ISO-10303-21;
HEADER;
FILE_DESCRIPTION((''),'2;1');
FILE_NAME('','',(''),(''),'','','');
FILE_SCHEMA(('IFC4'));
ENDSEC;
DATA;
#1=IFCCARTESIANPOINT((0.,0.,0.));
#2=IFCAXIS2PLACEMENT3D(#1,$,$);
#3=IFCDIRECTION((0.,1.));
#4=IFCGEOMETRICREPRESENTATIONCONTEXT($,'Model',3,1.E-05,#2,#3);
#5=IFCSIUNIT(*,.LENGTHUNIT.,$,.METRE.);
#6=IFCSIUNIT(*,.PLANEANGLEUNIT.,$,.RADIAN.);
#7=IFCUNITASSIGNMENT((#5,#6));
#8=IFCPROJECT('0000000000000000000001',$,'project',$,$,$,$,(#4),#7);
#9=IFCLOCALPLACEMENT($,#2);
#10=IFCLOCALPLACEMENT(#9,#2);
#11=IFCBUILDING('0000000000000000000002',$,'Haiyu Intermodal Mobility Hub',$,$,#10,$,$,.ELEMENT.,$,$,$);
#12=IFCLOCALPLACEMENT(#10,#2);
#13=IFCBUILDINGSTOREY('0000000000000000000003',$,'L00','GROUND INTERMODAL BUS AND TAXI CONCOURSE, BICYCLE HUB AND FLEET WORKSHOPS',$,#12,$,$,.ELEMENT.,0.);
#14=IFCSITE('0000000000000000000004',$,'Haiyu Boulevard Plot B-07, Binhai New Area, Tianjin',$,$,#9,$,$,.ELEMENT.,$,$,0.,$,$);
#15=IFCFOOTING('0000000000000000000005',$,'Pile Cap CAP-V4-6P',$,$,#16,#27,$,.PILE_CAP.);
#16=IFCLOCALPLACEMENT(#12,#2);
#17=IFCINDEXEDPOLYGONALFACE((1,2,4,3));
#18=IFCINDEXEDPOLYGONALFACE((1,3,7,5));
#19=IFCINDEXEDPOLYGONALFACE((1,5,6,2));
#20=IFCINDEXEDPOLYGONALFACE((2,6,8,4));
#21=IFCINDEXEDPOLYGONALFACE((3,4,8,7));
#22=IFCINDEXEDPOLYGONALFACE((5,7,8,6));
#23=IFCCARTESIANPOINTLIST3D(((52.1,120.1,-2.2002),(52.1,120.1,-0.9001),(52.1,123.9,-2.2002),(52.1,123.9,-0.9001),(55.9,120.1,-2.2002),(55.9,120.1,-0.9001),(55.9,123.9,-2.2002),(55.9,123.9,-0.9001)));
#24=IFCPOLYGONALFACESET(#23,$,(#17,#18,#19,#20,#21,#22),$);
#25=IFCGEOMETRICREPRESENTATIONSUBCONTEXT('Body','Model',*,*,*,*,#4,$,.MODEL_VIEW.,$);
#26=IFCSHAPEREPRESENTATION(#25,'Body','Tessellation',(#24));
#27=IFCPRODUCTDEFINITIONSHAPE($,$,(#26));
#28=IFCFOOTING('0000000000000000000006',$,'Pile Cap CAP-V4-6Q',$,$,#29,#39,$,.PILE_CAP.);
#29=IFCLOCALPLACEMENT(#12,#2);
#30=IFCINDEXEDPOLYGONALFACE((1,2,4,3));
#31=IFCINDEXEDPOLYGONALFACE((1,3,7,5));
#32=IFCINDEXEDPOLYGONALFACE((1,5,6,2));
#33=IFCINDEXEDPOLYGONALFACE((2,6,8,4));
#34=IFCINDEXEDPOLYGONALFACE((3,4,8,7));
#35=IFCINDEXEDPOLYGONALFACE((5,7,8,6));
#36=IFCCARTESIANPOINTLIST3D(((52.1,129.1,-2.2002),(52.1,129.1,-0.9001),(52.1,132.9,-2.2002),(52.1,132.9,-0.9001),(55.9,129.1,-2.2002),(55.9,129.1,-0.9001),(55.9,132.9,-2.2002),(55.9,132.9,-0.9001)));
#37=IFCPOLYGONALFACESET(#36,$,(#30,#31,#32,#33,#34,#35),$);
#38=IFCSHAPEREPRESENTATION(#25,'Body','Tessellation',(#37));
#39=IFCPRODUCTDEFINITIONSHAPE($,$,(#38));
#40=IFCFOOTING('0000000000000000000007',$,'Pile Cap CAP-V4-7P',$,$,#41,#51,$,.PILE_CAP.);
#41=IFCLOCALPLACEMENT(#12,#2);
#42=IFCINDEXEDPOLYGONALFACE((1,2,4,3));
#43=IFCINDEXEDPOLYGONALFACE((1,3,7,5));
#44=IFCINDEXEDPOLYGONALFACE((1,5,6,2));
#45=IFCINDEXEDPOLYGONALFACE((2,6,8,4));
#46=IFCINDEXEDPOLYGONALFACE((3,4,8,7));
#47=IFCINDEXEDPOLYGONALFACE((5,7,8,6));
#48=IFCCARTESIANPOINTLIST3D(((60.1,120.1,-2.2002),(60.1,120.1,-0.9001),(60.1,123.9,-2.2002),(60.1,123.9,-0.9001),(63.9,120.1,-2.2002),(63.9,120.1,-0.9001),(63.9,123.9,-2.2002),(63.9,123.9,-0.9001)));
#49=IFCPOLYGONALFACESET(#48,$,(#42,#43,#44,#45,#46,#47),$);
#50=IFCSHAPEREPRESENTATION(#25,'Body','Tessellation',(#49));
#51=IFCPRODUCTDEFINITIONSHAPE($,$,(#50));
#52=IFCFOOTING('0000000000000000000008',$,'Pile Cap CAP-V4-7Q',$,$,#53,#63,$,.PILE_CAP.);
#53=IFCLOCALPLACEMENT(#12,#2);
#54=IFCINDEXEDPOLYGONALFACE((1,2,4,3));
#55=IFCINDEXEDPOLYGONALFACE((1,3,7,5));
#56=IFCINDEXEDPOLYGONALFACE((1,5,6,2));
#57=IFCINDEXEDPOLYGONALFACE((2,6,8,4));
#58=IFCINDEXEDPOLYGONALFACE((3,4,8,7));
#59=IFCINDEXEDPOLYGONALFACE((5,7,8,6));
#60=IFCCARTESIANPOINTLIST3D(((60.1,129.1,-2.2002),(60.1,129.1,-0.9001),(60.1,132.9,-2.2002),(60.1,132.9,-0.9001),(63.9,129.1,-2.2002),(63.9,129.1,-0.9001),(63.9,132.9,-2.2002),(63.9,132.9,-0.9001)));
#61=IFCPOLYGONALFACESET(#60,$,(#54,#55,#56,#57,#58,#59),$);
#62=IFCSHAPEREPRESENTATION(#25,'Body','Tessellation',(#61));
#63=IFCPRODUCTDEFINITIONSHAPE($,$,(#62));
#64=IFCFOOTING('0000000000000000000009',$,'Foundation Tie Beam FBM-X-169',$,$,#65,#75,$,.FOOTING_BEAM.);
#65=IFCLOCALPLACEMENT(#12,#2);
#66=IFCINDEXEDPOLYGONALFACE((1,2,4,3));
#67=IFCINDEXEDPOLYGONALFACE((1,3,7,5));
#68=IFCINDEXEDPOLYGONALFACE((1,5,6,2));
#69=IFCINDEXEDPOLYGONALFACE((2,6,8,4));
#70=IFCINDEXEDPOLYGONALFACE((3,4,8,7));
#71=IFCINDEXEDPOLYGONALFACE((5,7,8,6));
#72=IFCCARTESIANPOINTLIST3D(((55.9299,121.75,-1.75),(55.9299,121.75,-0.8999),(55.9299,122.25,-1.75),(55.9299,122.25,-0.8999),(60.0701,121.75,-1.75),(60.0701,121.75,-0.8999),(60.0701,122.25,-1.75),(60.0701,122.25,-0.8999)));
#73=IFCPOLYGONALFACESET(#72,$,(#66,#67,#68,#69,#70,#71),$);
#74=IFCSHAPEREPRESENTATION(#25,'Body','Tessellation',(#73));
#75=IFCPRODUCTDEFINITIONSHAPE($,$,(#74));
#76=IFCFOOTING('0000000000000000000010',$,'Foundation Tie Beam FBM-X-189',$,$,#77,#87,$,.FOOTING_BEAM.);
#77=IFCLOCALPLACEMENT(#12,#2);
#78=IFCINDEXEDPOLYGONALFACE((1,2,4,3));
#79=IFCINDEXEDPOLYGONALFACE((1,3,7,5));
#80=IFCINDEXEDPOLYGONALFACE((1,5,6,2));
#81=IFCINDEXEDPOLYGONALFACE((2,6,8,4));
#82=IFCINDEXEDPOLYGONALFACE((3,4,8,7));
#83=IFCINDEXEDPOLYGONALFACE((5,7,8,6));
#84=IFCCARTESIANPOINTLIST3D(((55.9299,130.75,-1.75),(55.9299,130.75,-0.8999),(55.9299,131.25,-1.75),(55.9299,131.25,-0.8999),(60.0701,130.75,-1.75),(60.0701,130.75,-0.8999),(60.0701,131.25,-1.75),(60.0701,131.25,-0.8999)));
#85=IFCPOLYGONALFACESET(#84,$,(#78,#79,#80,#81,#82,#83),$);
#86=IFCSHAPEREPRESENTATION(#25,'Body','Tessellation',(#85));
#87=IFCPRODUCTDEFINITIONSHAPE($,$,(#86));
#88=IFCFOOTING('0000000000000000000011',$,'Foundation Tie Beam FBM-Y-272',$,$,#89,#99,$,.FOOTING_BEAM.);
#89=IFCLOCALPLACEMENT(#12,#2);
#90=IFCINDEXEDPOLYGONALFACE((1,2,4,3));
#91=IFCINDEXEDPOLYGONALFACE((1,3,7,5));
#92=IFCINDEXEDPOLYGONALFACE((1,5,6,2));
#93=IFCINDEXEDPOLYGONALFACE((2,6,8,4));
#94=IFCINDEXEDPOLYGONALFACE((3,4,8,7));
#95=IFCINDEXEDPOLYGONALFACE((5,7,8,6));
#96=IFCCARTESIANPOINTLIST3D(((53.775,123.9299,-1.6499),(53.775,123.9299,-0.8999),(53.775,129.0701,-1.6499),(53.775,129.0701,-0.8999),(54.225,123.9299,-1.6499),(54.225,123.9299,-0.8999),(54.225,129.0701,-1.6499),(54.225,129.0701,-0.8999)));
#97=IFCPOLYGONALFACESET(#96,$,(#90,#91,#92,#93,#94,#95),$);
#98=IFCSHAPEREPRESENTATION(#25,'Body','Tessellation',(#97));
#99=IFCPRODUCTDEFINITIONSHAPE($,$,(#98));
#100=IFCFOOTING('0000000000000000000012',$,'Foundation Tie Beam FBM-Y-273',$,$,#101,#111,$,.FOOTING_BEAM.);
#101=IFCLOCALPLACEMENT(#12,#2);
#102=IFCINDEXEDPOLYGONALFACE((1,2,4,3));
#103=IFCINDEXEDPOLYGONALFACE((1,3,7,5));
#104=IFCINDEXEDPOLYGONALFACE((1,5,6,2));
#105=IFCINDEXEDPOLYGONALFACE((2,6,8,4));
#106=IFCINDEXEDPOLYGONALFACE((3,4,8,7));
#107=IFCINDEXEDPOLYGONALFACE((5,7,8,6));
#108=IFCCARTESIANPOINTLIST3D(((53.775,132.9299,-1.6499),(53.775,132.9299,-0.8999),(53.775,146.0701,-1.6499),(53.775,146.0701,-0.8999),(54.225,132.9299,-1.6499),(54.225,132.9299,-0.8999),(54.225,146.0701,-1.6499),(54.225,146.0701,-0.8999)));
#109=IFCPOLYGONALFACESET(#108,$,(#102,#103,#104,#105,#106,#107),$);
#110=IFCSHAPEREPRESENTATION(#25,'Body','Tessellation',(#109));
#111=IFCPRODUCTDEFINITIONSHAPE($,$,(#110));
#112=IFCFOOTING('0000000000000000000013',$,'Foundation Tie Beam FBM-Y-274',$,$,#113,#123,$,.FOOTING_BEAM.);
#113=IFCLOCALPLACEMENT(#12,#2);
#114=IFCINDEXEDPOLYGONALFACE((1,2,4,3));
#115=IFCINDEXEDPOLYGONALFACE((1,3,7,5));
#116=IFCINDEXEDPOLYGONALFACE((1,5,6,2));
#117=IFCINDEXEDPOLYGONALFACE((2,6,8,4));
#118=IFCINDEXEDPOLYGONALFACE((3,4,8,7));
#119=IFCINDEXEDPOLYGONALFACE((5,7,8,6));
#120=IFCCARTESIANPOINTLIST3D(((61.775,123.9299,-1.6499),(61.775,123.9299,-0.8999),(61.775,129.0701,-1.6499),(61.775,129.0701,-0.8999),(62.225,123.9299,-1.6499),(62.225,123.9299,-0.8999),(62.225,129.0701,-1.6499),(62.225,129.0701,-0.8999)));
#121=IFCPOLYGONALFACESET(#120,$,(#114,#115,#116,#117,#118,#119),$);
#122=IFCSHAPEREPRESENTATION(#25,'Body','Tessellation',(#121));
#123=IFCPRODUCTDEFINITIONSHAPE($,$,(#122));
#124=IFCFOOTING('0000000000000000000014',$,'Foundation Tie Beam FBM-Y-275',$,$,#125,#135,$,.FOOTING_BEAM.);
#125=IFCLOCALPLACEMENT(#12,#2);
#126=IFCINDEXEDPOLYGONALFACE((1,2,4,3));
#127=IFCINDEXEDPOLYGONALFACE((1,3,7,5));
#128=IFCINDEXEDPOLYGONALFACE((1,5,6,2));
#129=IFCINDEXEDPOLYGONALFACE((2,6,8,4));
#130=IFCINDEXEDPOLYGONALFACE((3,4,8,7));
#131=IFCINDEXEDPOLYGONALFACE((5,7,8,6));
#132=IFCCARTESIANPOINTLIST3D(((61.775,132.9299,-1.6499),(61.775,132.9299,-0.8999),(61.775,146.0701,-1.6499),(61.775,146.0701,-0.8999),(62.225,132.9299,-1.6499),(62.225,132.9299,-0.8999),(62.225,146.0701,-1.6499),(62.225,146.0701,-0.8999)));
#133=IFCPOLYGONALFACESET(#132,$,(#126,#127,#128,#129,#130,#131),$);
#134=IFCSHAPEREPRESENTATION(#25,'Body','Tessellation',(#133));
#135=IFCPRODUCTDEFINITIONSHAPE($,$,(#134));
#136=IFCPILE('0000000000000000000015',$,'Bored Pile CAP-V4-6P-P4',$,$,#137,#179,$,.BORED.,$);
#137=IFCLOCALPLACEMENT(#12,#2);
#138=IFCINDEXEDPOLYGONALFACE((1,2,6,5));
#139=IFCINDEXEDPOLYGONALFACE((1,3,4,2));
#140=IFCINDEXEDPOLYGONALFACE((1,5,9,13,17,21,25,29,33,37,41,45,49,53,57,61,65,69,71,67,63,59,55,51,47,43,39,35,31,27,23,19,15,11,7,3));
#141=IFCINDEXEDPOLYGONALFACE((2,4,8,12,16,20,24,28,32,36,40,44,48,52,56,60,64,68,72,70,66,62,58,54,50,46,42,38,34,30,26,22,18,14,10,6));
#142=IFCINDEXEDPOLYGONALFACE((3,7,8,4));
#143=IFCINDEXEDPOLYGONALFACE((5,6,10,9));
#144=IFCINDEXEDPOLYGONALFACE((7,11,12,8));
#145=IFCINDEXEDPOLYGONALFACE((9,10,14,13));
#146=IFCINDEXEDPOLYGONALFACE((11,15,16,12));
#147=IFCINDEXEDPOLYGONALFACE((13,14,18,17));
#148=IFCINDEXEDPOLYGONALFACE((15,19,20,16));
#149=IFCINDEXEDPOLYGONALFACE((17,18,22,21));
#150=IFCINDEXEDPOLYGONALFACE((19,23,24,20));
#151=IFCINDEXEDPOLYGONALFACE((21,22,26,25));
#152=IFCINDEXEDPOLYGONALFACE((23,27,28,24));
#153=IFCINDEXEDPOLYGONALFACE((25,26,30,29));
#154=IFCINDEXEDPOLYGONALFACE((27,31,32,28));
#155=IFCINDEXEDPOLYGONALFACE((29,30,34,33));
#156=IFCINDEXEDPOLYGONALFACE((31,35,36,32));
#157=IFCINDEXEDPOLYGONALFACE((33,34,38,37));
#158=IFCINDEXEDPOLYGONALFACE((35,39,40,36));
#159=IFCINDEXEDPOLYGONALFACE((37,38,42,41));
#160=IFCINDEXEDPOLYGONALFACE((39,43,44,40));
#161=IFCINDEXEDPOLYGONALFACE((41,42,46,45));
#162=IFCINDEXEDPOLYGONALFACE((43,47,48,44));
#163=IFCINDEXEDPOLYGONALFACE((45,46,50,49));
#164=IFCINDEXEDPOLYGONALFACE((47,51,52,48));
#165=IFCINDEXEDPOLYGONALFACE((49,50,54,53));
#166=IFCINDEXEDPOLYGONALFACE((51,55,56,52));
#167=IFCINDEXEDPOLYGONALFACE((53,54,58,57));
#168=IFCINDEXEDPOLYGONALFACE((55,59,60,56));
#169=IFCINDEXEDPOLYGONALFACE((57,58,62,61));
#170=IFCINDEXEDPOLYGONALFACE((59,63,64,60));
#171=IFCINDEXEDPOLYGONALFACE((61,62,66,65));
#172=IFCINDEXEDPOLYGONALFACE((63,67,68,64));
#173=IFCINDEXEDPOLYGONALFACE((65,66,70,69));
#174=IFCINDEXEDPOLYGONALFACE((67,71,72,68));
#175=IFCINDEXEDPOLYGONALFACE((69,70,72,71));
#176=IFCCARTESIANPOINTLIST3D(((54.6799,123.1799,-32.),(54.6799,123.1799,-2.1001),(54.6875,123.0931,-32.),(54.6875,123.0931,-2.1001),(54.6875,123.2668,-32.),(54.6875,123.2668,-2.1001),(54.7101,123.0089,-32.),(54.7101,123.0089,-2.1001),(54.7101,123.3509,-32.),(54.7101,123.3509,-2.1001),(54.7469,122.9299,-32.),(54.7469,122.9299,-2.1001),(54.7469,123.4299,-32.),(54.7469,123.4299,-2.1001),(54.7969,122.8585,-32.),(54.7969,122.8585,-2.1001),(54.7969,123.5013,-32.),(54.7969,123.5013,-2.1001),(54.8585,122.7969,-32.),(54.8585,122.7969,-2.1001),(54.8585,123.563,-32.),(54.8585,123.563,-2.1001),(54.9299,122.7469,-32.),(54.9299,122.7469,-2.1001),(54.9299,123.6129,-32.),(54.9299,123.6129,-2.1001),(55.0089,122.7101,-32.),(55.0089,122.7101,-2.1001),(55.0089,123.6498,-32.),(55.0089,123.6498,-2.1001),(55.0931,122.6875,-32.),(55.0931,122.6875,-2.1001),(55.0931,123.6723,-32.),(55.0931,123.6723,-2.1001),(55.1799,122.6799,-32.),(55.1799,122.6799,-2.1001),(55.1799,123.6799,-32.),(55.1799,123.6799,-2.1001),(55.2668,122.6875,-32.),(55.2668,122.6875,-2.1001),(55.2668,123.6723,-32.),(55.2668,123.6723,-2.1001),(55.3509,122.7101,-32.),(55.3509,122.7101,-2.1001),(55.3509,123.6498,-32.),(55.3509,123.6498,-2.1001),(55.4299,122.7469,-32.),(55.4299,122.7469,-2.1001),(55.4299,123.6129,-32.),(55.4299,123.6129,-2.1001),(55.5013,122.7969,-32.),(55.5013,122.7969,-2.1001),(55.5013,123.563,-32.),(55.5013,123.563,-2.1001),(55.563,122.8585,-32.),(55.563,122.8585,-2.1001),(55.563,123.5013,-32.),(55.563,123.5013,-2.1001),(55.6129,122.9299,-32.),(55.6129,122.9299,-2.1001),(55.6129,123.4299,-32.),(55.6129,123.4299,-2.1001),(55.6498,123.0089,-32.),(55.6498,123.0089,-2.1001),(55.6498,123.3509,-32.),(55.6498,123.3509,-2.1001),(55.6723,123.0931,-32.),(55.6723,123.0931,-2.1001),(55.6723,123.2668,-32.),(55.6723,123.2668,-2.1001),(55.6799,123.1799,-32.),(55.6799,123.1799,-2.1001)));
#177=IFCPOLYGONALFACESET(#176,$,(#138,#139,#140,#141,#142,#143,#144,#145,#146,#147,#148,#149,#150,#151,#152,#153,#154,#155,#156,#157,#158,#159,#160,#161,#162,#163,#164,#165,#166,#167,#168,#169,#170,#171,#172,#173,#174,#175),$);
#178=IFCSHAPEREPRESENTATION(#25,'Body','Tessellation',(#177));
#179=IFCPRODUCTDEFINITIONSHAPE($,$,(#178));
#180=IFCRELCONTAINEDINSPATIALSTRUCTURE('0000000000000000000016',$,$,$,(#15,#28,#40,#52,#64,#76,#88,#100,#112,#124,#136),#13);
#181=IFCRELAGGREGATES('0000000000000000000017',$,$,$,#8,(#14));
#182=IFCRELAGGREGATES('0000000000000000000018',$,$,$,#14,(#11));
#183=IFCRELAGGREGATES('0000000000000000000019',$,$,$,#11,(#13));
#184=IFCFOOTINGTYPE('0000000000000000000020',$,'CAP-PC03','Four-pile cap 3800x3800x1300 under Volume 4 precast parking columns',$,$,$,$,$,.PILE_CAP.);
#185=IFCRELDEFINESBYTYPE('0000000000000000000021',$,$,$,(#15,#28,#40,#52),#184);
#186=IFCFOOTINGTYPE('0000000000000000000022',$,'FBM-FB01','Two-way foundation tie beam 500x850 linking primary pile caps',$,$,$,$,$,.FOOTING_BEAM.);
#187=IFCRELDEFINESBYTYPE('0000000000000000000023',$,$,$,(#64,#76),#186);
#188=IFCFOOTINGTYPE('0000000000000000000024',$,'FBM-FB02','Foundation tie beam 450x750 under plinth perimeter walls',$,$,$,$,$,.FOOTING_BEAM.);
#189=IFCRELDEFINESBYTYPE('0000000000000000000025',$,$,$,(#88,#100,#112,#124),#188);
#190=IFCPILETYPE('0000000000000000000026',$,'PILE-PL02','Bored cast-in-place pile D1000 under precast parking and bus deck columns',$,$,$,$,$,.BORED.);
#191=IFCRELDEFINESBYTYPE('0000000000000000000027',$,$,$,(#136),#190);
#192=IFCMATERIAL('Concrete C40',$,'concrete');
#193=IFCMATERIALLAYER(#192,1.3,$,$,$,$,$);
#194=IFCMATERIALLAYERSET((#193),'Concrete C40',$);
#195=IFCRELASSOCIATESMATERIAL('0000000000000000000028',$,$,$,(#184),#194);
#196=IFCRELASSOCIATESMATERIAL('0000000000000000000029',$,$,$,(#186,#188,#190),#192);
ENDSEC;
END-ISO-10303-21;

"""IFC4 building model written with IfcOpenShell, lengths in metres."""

from ifc_helpers import new_model, si_unit, direction, frame, origin, origin_2d, place, context, subcontext, project, spatial, rectangle, circle, extrude, material, layer, layer_set, material_profile, profile_set, type_object, element, save


model = new_model("IFC4")

# Units and contexts
model_context = context("Model", 3, precision=1e-05, world=origin(), true_north=direction((0.0, 1.0)))
body_context = subcontext(model_context, "Body", "Model", "MODEL_VIEW")
ifc_project = project(units=[si_unit("LENGTHUNIT", "METRE"), si_unit("PLANEANGLEUNIT", "RADIAN")], contexts=[model_context])

# Site, building, storey
site_placement = place(None, origin())
site = spatial("IfcSite", under=ifc_project, at=site_placement, Name="Haiyu Boulevard Plot B-07, Binhai New Area, Tianjin", CompositionType="ELEMENT", RefElevation=0.0)
building_placement = place(site_placement, origin())
building = spatial("IfcBuilding", under=site, at=building_placement, Name="Haiyu Intermodal Mobility Hub", CompositionType="ELEMENT")
storey_placement = place(building_placement, origin())
storey = spatial("IfcBuildingStorey", under=building, at=storey_placement, Name="L00", Description="GROUND INTERMODAL BUS AND TAXI CONCOURSE, BICYCLE HUB AND FLEET WORKSHOPS", CompositionType="ELEMENT", Elevation=0.0)

# Footings
ifc_material_1 = material(Name="Concrete C40", Category="concrete")
ifc_layer = layer(ifc_material_1, 1.3)
ifc_layer_set = layer_set([ifc_layer], Name="Concrete C40")
footing_type_1 = type_object("IfcFootingType", Name="CAP-PC03", Description="Four-pile cap 3800x3800x1300 under Volume 4 precast parking columns", PredefinedType="PILE_CAP", material=ifc_layer_set)
for number, where, z_axis, x_axis, name in (
    (1, (54.0, 122.0, -2.2002), (0.0, 0.0, 1.0), (1.0, 0.0, 0.0), "Pile Cap CAP-V4-6P"),
    (2, (54.0, 131.0, -2.2002), (0.0, 0.0, 1.0), (1.0, 0.0, 0.0), "Pile Cap CAP-V4-6Q"),
    (3, (62.0, 122.0, -2.2002), (0.0, 0.0, 1.0), (1.0, 0.0, 0.0), "Pile Cap CAP-V4-7P"),
    (4, (62.0, 131.0, -2.2002), (0.0, 0.0, 1.0), (1.0, 0.0, 0.0), "Pile Cap CAP-V4-7Q"),
):
    element("IfcFooting", number, at=place(storey_placement, frame(where, z_axis=z_axis, x_axis=x_axis)), inside=storey, type_object=footing_type_1, Name=name, PredefinedType="PILE_CAP", context=body_context, shape_type="SweptSolid", body=[
        extrude(rectangle(XDim=3.8, YDim=3.8, at=origin_2d()), origin(), (0.0, 0.0, 1.0), 1.3),
    ])
ifc_material_profile_1 = material_profile(ifc_material_1, rectangle(XDim=0.5, YDim=0.8501, at=origin_2d()), Name="FB500x850")
ifc_profile_set_1 = profile_set([ifc_material_profile_1], Name="Concrete C40")
footing_type_2 = type_object("IfcFootingType", Name="FBM-FB01", Description="Two-way foundation tie beam 500x850 linking primary pile caps", PredefinedType="FOOTING_BEAM", material=ifc_profile_set_1)
for number, where, z_axis, x_axis, name in (
    (5, (55.9299, 122.0, -1.325), (1.0, 0.0, 0.0), (0.0, 1.0, 0.0), "Foundation Tie Beam FBM-X-169"),
    (6, (55.9299, 131.0, -1.325), (1.0, 0.0, 0.0), (0.0, 1.0, 0.0), "Foundation Tie Beam FBM-X-189"),
):
    element("IfcFooting", number, at=place(storey_placement, frame(where, z_axis=z_axis, x_axis=x_axis)), inside=storey, type_object=footing_type_2, Name=name, PredefinedType="FOOTING_BEAM", context=body_context, shape_type="SweptSolid", body=[
        extrude(rectangle(XDim=0.5, YDim=0.8501, at=origin_2d()), origin(), (0.0, 0.0, 1.0), 4.1401),
    ])
ifc_material_profile_2 = material_profile(ifc_material_1, rectangle(XDim=0.45, YDim=0.75, at=origin_2d()), Name="FB450x750")
ifc_profile_set_2 = profile_set([ifc_material_profile_2], Name="Concrete C40")
footing_type_3 = type_object("IfcFootingType", Name="FBM-FB02", Description="Foundation tie beam 450x750 under plinth perimeter walls", PredefinedType="FOOTING_BEAM", material=ifc_profile_set_2)
footing_1_placement = place(storey_placement, frame((54.0, 123.9299, -1.2749), z_axis=(0.0, 1.0, 0.0), x_axis=(-1.0, 0.0, 0.0)))
element("IfcFooting", 7, at=footing_1_placement, inside=storey, type_object=footing_type_3, Name="Foundation Tie Beam FBM-Y-272", PredefinedType="FOOTING_BEAM", context=body_context, shape_type="SweptSolid", body=[
    extrude(rectangle(XDim=0.45, YDim=0.75, at=origin_2d()), origin(), (0.0, 0.0, 1.0), 5.1401),
])
footing_2_placement = place(storey_placement, frame((54.0, 132.9299, -1.2749), z_axis=(0.0, 1.0, 0.0), x_axis=(-1.0, 0.0, 0.0)))
element("IfcFooting", 8, at=footing_2_placement, inside=storey, type_object=footing_type_3, Name="Foundation Tie Beam FBM-Y-273", PredefinedType="FOOTING_BEAM", context=body_context, shape_type="SweptSolid", body=[
    extrude(rectangle(XDim=0.45, YDim=0.75, at=origin_2d()), origin(), (0.0, 0.0, 1.0), 13.1401),
])
footing_3_placement = place(storey_placement, frame((62.0, 123.9299, -1.2749), z_axis=(0.0, 1.0, 0.0), x_axis=(-1.0, 0.0, 0.0)))
element("IfcFooting", 9, at=footing_3_placement, inside=storey, type_object=footing_type_3, Name="Foundation Tie Beam FBM-Y-274", PredefinedType="FOOTING_BEAM", context=body_context, shape_type="SweptSolid", body=[
    extrude(rectangle(XDim=0.45, YDim=0.75, at=origin_2d()), origin(), (0.0, 0.0, 1.0), 5.1401),
])
footing_4_placement = place(storey_placement, frame((62.0, 132.9299, -1.2749), z_axis=(0.0, 1.0, 0.0), x_axis=(-1.0, 0.0, 0.0)))
element("IfcFooting", 10, at=footing_4_placement, inside=storey, type_object=footing_type_3, Name="Foundation Tie Beam FBM-Y-275", PredefinedType="FOOTING_BEAM", context=body_context, shape_type="SweptSolid", body=[
    extrude(rectangle(XDim=0.45, YDim=0.75, at=origin_2d()), origin(), (0.0, 0.0, 1.0), 13.1401),
])

# Pile
ifc_material_profile_3 = material_profile(ifc_material_1, circle(Radius=0.5, at=origin_2d()), Name="PILE-D1000")
ifc_profile_set_3 = profile_set([ifc_material_profile_3], Name="Concrete C40")
pile_type = type_object("IfcPileType", Name="PILE-PL02", Description="Bored cast-in-place pile D1000 under precast parking and bus deck columns", PredefinedType="BORED", material=ifc_profile_set_3)
for number, where, z_axis, x_axis, name in (
    (11, (55.1799, 123.1799, -2.1001), (0.0, 0.0, -1.0), (1.0, 0.0, 0.0), "Bored Pile CAP-V4-6P-P4"),
):
    element("IfcPile", number, at=place(storey_placement, frame(where, z_axis=z_axis, x_axis=x_axis)), inside=storey, type_object=pile_type, Name=name, PredefinedType="BORED", context=body_context, shape_type="SweptSolid", body=[
        extrude(circle(Radius=0.5, at=origin_2d()), origin(), (0.0, 0.0, 1.0), 29.8999),
    ])

save(model, "model.ifc")
